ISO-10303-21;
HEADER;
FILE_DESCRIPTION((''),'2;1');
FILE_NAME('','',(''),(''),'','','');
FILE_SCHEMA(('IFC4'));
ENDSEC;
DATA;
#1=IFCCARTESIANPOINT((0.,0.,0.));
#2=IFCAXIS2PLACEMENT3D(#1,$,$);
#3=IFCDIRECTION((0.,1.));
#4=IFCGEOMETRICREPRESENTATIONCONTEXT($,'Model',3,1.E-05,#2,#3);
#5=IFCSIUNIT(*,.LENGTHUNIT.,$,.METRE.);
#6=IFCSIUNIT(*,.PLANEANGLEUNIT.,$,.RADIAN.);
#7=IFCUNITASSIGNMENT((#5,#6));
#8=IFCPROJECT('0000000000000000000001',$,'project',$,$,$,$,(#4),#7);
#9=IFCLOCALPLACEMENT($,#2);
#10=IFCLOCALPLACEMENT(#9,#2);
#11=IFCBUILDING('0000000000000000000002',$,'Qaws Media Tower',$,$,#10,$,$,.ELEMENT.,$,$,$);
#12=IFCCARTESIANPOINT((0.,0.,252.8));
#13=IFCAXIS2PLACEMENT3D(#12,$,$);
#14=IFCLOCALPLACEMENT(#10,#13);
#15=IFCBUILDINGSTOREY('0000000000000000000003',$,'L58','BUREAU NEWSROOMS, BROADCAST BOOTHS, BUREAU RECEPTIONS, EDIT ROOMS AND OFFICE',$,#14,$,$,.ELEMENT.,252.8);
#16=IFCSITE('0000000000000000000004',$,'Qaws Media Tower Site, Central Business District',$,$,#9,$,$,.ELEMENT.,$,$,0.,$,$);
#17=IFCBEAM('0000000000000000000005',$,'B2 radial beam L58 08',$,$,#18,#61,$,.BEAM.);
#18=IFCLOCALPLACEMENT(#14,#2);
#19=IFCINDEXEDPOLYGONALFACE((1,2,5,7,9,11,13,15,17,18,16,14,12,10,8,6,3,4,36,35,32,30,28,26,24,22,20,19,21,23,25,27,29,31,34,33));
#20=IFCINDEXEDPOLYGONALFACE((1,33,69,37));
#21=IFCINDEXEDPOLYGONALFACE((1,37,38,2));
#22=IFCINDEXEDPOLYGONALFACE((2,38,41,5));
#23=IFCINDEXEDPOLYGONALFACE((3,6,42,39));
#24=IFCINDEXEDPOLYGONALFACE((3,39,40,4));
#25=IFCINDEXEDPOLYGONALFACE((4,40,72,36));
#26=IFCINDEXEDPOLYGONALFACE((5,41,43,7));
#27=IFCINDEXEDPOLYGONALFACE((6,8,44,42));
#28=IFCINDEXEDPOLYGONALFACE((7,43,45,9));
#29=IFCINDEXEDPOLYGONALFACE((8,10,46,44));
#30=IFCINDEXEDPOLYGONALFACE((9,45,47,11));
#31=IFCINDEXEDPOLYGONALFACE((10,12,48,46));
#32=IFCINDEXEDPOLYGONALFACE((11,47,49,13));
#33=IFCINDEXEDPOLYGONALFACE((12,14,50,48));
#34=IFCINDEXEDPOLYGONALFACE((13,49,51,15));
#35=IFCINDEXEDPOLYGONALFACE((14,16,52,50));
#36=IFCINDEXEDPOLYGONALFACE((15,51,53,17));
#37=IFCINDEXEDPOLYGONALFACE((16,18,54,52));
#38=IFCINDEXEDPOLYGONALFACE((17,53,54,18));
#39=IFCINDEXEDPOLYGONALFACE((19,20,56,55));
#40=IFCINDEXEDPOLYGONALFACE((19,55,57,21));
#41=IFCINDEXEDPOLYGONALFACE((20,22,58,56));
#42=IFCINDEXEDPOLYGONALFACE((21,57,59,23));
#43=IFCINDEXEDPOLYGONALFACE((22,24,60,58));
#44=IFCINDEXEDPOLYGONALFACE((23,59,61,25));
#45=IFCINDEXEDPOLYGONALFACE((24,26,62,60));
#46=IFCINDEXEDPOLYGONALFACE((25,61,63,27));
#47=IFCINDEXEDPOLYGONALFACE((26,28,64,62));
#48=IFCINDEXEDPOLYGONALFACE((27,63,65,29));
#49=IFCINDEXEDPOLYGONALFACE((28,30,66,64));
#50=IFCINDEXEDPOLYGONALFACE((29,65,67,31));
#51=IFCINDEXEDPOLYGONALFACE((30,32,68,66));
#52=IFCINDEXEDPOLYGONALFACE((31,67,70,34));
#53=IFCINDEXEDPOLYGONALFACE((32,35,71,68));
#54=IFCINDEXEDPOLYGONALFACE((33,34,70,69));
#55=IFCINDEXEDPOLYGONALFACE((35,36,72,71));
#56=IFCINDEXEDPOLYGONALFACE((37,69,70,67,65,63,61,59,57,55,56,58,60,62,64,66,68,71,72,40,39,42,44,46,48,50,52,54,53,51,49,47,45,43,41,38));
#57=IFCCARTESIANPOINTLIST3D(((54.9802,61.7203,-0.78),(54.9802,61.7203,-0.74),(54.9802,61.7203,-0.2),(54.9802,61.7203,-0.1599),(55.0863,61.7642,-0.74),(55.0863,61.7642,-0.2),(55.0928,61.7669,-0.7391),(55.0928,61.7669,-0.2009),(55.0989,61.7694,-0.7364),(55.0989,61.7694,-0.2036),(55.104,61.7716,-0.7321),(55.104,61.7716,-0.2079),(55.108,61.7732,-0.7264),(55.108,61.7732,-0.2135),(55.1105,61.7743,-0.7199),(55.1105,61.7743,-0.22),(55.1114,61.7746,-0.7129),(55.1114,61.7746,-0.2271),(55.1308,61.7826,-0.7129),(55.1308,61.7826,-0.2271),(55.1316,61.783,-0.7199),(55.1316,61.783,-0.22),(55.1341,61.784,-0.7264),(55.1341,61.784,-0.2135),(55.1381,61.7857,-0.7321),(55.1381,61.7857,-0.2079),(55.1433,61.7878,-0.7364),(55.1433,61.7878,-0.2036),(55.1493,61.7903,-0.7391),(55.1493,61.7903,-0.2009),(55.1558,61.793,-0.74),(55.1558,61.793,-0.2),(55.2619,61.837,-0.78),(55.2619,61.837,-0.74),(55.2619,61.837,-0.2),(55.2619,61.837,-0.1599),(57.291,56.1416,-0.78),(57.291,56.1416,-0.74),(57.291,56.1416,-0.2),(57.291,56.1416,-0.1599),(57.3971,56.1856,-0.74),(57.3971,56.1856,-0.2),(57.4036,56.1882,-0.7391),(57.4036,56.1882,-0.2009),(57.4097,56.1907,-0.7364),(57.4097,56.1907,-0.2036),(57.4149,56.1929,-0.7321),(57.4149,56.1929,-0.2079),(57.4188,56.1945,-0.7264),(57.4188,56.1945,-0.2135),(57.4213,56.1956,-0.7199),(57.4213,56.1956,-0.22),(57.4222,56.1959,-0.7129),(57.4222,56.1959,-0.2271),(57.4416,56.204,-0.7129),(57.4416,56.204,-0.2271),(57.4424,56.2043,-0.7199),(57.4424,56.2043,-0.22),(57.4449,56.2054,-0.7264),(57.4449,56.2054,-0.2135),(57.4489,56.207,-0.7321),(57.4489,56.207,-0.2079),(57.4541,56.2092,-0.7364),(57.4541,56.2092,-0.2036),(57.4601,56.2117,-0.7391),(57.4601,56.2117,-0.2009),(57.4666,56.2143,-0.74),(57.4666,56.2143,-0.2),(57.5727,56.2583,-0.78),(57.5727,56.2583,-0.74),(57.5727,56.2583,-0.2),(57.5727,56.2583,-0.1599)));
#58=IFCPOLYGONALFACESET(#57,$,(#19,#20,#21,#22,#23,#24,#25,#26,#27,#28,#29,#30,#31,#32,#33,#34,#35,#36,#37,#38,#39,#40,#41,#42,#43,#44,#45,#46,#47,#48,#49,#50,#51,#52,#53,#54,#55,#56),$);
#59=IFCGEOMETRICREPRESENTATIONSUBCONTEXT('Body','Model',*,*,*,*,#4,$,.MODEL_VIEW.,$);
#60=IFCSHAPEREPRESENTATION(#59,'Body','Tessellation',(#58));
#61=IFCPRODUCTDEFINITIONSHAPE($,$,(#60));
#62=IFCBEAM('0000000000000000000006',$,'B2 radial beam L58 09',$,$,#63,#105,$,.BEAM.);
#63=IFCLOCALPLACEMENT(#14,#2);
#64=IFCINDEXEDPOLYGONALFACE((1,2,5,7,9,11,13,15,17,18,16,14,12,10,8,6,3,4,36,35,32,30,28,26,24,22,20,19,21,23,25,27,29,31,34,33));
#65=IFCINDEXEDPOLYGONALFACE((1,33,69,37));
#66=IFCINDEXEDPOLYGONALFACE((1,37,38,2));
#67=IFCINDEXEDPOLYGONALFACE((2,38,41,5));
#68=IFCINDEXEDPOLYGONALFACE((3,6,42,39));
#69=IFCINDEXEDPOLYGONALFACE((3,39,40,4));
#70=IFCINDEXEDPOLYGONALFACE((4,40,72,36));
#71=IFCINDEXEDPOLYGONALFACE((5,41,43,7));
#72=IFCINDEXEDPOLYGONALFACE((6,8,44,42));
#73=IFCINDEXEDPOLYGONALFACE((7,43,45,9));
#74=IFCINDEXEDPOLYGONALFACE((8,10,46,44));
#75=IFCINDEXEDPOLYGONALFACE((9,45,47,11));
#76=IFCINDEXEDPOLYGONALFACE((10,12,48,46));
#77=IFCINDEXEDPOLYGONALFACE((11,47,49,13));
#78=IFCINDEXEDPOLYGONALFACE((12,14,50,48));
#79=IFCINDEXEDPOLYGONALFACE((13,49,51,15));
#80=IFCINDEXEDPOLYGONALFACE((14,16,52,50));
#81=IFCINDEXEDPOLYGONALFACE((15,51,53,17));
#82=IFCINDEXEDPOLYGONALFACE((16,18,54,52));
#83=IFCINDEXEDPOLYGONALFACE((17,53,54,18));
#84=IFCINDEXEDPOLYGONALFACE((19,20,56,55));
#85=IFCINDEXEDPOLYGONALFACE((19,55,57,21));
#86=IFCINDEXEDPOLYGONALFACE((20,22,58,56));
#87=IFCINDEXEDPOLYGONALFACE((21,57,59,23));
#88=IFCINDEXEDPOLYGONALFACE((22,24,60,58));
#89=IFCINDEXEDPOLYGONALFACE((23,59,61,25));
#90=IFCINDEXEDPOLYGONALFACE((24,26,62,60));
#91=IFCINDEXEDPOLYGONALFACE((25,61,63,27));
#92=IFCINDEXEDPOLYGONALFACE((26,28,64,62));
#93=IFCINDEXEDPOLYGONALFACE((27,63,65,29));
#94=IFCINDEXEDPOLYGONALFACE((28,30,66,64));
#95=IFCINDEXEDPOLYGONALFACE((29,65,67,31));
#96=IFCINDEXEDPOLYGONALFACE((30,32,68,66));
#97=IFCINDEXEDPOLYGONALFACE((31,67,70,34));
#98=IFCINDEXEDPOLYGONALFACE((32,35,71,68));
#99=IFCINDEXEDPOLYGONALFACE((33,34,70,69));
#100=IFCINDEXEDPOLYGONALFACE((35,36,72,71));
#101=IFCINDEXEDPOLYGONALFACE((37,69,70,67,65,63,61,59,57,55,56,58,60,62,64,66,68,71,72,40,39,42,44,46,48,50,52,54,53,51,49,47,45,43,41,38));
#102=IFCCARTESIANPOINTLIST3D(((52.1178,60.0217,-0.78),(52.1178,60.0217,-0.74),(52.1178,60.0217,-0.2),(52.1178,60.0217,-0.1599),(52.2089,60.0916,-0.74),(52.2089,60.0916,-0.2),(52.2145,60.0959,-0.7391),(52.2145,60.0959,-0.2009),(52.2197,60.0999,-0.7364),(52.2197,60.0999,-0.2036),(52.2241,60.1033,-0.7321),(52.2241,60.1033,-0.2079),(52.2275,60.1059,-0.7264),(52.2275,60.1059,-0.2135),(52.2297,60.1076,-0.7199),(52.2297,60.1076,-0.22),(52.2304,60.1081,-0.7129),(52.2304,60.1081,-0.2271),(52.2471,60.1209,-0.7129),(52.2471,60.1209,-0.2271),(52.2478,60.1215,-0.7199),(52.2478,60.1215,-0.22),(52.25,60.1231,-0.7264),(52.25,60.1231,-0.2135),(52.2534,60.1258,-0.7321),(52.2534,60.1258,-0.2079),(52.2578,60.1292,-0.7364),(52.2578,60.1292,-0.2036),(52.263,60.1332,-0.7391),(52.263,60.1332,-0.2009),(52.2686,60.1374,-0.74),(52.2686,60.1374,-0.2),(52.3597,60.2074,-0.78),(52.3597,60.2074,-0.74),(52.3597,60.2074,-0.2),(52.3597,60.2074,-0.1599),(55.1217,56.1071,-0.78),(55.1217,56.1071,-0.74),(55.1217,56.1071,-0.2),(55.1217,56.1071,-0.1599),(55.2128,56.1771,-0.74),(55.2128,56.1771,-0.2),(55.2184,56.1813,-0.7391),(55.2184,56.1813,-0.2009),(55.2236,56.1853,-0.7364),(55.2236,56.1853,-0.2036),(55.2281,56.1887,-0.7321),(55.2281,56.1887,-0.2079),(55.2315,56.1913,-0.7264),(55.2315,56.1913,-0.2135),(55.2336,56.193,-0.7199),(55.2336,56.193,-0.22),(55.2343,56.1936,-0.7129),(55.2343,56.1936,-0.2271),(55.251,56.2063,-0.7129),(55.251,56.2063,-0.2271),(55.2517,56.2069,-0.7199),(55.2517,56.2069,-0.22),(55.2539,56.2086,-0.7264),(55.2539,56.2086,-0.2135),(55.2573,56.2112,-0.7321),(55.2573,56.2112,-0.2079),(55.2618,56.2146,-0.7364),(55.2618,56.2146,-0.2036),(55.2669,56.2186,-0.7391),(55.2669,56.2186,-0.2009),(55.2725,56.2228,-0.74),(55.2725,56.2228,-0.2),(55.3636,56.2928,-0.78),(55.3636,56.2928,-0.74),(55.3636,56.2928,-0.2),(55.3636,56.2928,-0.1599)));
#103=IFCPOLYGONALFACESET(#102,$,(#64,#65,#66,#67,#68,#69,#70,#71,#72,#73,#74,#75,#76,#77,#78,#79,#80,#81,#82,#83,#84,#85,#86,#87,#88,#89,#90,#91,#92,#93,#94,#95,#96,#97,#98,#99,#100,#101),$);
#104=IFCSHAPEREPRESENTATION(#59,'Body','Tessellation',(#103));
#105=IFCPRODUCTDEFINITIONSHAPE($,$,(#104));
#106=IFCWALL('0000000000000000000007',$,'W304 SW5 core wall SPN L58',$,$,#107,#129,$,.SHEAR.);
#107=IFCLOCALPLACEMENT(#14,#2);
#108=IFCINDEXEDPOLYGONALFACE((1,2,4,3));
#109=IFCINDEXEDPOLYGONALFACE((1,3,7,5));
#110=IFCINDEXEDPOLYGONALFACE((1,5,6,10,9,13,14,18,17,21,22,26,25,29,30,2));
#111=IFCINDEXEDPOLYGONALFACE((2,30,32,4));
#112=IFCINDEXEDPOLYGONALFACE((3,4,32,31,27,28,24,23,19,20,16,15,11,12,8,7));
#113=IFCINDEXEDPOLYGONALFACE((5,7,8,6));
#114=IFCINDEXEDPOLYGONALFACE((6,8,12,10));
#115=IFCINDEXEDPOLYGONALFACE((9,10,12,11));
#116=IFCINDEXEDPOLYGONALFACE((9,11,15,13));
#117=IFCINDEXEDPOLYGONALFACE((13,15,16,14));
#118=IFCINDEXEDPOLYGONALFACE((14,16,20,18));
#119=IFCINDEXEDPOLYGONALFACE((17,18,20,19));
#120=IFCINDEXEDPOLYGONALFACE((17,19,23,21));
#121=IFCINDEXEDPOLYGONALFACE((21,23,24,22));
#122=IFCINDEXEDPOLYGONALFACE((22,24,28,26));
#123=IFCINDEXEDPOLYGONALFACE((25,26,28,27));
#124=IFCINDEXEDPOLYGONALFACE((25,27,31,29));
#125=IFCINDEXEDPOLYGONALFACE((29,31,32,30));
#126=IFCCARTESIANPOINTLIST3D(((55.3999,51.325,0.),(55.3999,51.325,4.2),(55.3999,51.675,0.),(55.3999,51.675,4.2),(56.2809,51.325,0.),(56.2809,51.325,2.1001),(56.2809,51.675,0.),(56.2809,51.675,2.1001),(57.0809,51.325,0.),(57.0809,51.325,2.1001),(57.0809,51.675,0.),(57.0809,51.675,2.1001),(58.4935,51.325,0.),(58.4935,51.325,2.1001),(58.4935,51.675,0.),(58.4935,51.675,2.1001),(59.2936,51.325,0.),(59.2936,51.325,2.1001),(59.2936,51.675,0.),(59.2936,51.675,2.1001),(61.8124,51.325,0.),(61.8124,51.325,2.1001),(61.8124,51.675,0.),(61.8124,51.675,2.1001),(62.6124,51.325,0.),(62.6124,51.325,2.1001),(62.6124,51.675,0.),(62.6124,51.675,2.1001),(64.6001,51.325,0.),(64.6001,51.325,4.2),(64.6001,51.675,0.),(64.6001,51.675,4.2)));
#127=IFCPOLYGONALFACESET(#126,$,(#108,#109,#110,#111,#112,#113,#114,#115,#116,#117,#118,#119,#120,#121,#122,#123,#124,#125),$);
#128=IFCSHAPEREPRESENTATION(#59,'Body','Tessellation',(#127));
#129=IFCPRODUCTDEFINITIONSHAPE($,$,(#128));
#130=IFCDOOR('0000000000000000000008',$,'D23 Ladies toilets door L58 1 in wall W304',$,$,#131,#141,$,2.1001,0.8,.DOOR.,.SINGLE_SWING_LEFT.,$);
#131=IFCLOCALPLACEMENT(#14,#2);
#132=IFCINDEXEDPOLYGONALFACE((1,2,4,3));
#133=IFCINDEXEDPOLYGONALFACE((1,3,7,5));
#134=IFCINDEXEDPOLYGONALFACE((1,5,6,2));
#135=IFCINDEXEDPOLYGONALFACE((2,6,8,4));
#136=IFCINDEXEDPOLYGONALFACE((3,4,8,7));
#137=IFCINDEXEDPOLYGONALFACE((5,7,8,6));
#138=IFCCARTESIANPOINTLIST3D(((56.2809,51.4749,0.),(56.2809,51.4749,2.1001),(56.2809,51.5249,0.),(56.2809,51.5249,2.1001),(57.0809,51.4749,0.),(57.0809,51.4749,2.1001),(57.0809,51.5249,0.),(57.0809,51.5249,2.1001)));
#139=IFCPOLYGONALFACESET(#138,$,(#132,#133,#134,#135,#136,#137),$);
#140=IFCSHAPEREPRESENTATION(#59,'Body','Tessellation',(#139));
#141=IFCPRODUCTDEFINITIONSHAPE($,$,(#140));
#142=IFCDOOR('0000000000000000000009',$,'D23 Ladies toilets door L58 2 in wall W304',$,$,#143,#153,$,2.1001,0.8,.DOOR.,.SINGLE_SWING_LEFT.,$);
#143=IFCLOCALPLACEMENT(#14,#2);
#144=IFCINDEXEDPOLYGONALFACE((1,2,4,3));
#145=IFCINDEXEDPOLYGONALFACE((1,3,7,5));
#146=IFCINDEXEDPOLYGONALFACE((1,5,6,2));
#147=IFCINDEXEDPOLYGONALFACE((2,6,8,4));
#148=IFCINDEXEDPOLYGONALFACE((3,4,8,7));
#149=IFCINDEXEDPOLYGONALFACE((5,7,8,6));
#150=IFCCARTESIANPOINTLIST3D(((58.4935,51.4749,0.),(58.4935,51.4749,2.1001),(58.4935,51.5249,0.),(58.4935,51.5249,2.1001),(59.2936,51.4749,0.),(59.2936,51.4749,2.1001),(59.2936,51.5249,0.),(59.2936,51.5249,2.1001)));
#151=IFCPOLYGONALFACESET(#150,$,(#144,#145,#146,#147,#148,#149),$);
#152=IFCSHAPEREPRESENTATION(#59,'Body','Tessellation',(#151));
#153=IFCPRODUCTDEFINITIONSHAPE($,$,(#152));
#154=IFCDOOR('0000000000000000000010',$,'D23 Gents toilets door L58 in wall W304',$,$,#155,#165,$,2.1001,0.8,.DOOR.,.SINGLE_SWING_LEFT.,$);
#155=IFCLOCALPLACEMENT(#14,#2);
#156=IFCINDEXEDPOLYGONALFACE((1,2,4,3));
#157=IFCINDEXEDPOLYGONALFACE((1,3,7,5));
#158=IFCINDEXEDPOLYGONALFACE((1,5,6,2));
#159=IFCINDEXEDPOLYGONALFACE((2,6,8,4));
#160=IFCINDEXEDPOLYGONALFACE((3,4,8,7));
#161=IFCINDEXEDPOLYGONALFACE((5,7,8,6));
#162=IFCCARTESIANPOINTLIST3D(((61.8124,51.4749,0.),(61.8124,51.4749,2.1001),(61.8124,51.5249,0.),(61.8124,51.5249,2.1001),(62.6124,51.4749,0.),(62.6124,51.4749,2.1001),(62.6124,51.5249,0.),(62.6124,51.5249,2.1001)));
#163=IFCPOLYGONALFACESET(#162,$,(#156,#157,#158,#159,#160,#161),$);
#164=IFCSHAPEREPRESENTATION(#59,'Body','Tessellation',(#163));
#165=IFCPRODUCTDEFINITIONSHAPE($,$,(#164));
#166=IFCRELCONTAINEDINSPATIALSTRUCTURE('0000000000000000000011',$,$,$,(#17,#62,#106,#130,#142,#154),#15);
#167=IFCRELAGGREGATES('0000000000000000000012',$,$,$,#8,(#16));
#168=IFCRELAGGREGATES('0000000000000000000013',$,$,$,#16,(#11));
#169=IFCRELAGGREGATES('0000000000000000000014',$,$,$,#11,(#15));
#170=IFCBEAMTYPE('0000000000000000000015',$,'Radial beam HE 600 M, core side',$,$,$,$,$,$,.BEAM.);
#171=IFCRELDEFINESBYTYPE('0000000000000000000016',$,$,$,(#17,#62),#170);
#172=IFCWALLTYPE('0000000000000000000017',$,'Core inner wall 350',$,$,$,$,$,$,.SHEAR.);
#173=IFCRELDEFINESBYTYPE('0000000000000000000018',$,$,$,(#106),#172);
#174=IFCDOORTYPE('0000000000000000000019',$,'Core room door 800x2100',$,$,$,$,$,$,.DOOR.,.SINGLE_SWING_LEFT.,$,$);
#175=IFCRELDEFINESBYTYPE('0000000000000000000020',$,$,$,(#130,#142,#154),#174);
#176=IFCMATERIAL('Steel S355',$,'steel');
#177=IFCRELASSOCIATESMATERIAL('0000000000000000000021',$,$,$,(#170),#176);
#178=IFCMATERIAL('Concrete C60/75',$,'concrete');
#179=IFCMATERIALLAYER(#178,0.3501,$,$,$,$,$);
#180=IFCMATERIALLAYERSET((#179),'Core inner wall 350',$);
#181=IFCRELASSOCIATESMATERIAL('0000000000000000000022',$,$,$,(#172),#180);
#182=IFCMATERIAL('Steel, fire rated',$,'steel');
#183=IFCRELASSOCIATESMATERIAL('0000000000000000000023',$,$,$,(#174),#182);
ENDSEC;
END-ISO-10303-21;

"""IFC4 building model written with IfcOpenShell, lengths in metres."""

from ifc_helpers import new_model, si_unit, direction, frame, frame_2d, origin, origin_2d, place, context, subcontext, project, spatial, rectangle, i_section, extrude, material, layer, layer_set, material_profile, profile_set, type_object, element, fill, save


model = new_model("IFC4")

# Units and contexts
model_context = context("Model", 3, precision=1e-05, world=origin(), true_north=direction((0.0, 1.0)))
body_context = subcontext(model_context, "Body", "Model", "MODEL_VIEW")
ifc_project = project(units=[si_unit("LENGTHUNIT", "METRE"), si_unit("PLANEANGLEUNIT", "RADIAN")], contexts=[model_context])

# Site, building, storey
site_placement = place(None, origin())
site = spatial("IfcSite", under=ifc_project, at=site_placement, Name="Qaws Media Tower Site, Central Business District", CompositionType="ELEMENT", RefElevation=0.0)
building_placement = place(site_placement, origin())
building = spatial("IfcBuilding", under=site, at=building_placement, Name="Qaws Media Tower", CompositionType="ELEMENT")
storey_placement = place(building_placement, frame((0.0, 0.0, 252.8)))
storey = spatial("IfcBuildingStorey", under=building, at=storey_placement, Name="L58", Description="BUREAU NEWSROOMS, BROADCAST BOOTHS, BUREAU RECEPTIONS, EDIT ROOMS AND OFFICE", CompositionType="ELEMENT", Elevation=252.8)

# Beams
ifc_material_1 = material(Name="Steel S355", Category="steel")
ifc_material_profile = material_profile(ifc_material_1, i_section(OverallWidth=0.3049, OverallDepth=0.6201, WebThickness=0.021, FlangeThickness=0.04, FilletRadius=0.0271, at=origin_2d()), Name="HE 600 M")
ifc_profile_set = profile_set([ifc_material_profile], Name="Steel S355")
beam_type = type_object("IfcBeamType", Name="Radial beam HE 600 M, core side", PredefinedType="BEAM", material=ifc_profile_set)
beam_1_placement = place(storey_placement, frame((57.4319, 56.2, -0.47), z_axis=(-0.382691, 0.923876, 0.0), x_axis=(-0.923876, -0.382691, 0.0)))
element("IfcBeam", 1, at=beam_1_placement, inside=storey, type_object=beam_type, Name="B2 radial beam L58 08", PredefinedType="BEAM", context=body_context, shape_type="SweptSolid", body=[
    extrude(i_section(OverallWidth=0.3049, OverallDepth=0.6201, WebThickness=0.021, FlangeThickness=0.04, FilletRadius=0.0271, at=origin_2d()), origin(), (0.0, 0.0, 1.0), 6.0383),
])
beam_2_placement = place(storey_placement, frame((55.2427, 56.2, -0.47), z_axis=(-0.608783, 0.793337, 0.0), x_axis=(-0.793337, -0.608783, 0.0)))
element("IfcBeam", 2, at=beam_2_placement, inside=storey, type_object=beam_type, Name="B2 radial beam L58 09", PredefinedType="BEAM", context=body_context, shape_type="SweptSolid", body=[
    extrude(i_section(OverallWidth=0.3049, OverallDepth=0.6201, WebThickness=0.021, FlangeThickness=0.04, FilletRadius=0.0271, at=origin_2d()), origin(), (0.0, 0.0, 1.0), 4.9343),
])

# Wall, openings, doors
ifc_material_2 = material(Name="Concrete C60/75", Category="concrete")
ifc_layer_1 = layer(ifc_material_2, 0.3501)
ifc_layer_set_1 = layer_set([ifc_layer_1], Name="Core inner wall 350")
wall_type_1 = type_object("IfcWallType", Name="Core inner wall 350", PredefinedType="SHEAR", material=ifc_layer_set_1)
wall_1_placement = place(storey_placement, frame((55.3999, 51.5, 0.0), z_axis=(0.0, 0.0, 1.0), x_axis=(1.0, 0.0, 0.0)))
wall_1 = element("IfcWall", 3, at=wall_1_placement, inside=storey, type_object=wall_type_1, Name="W304 SW5 core wall SPN L58", PredefinedType="SHEAR", context=body_context, shape_type="SweptSolid", body=[
    extrude(rectangle(XDim=9.2002, YDim=0.3501, at=frame_2d((4.6001, 0.0))), origin(), (0.0, 0.0, 1.0), 4.2),
])
opening_1_placement = place(wall_1_placement, frame((0.8811, 0.0, 0.0)))
opening_1 = element("IfcOpeningElement", 4, at=opening_1_placement, cuts=wall_1, PredefinedType="OPENING", context=body_context, shape_type="SweptSolid", body=[
    extrude(rectangle(XDim=0.8, YDim=2.1001, at=frame_2d((0.3999, 1.05))), frame((0.0, 0.1851, 0.0), z_axis=(0.0, -1.0, 0.0), x_axis=(1.0, 0.0, 0.0)), (0.0, 0.0, 1.0), 0.3701),
])
opening_2_placement = place(wall_1_placement, frame((3.0938, 0.0, 0.0)))
opening_2 = element("IfcOpeningElement", 5, at=opening_2_placement, cuts=wall_1, PredefinedType="OPENING", context=body_context, shape_type="SweptSolid", body=[
    extrude(rectangle(XDim=0.8, YDim=2.1001, at=frame_2d((0.3999, 1.05))), frame((0.0, 0.1851, 0.0), z_axis=(0.0, -1.0, 0.0), x_axis=(1.0, 0.0, 0.0)), (0.0, 0.0, 1.0), 0.3701),
])
opening_3_placement = place(wall_1_placement, frame((6.4126, 0.0, 0.0)))
opening_3 = element("IfcOpeningElement", 6, at=opening_3_placement, cuts=wall_1, PredefinedType="OPENING", context=body_context, shape_type="SweptSolid", body=[
    extrude(rectangle(XDim=0.8, YDim=2.1001, at=frame_2d((0.3999, 1.05))), frame((0.0, 0.1851, 0.0), z_axis=(0.0, -1.0, 0.0), x_axis=(1.0, 0.0, 0.0)), (0.0, 0.0, 1.0), 0.3701),
])
ifc_material_3 = material(Name="Steel, fire rated", Category="steel")
door_type_1 = type_object("IfcDoorType", Name="Core room door 800x2100", OperationType="SINGLE_SWING_LEFT", PredefinedType="DOOR", material=ifc_material_3)
door_1_placement = place(opening_1_placement, origin())
door_1 = element("IfcDoor", 7, at=door_1_placement, inside=storey, type_object=door_type_1, Name="D23 Ladies toilets door L58 1 in wall W304", OperationType="SINGLE_SWING_LEFT", OverallHeight=2.1001, OverallWidth=0.8, PredefinedType="DOOR", context=body_context, shape_type="SweptSolid", body=[
    extrude(rectangle(XDim=0.8, YDim=2.1001, at=frame_2d((0.3999, 1.05))), frame((0.0, 0.0249, 0.0), z_axis=(0.0, -1.0, 0.0), x_axis=(1.0, 0.0, 0.0)), (0.0, 0.0, 1.0), 0.05),
])
fill(opening_1, door_1)
door_2_placement = place(opening_2_placement, origin())
door_2 = element("IfcDoor", 8, at=door_2_placement, inside=storey, type_object=door_type_1, Name="D23 Ladies toilets door L58 2 in wall W304", OperationType="SINGLE_SWING_LEFT", OverallHeight=2.1001, OverallWidth=0.8, PredefinedType="DOOR", context=body_context, shape_type="SweptSolid", body=[
    extrude(rectangle(XDim=0.8, YDim=2.1001, at=frame_2d((0.3999, 1.05))), frame((0.0, 0.0249, 0.0), z_axis=(0.0, -1.0, 0.0), x_axis=(1.0, 0.0, 0.0)), (0.0, 0.0, 1.0), 0.05),
])
fill(opening_2, door_2)
door_3_placement = place(opening_3_placement, origin())
door_3 = element("IfcDoor", 9, at=door_3_placement, inside=storey, type_object=door_type_1, Name="D23 Gents toilets door L58 in wall W304", OperationType="SINGLE_SWING_LEFT", OverallHeight=2.1001, OverallWidth=0.8, PredefinedType="DOOR", context=body_context, shape_type="SweptSolid", body=[
    extrude(rectangle(XDim=0.8, YDim=2.1001, at=frame_2d((0.3999, 1.05))), frame((0.0, 0.0249, 0.0), z_axis=(0.0, -1.0, 0.0), x_axis=(1.0, 0.0, 0.0)), (0.0, 0.0, 1.0), 0.05),
])
fill(opening_3, door_3)

save(model, "model.ifc")
